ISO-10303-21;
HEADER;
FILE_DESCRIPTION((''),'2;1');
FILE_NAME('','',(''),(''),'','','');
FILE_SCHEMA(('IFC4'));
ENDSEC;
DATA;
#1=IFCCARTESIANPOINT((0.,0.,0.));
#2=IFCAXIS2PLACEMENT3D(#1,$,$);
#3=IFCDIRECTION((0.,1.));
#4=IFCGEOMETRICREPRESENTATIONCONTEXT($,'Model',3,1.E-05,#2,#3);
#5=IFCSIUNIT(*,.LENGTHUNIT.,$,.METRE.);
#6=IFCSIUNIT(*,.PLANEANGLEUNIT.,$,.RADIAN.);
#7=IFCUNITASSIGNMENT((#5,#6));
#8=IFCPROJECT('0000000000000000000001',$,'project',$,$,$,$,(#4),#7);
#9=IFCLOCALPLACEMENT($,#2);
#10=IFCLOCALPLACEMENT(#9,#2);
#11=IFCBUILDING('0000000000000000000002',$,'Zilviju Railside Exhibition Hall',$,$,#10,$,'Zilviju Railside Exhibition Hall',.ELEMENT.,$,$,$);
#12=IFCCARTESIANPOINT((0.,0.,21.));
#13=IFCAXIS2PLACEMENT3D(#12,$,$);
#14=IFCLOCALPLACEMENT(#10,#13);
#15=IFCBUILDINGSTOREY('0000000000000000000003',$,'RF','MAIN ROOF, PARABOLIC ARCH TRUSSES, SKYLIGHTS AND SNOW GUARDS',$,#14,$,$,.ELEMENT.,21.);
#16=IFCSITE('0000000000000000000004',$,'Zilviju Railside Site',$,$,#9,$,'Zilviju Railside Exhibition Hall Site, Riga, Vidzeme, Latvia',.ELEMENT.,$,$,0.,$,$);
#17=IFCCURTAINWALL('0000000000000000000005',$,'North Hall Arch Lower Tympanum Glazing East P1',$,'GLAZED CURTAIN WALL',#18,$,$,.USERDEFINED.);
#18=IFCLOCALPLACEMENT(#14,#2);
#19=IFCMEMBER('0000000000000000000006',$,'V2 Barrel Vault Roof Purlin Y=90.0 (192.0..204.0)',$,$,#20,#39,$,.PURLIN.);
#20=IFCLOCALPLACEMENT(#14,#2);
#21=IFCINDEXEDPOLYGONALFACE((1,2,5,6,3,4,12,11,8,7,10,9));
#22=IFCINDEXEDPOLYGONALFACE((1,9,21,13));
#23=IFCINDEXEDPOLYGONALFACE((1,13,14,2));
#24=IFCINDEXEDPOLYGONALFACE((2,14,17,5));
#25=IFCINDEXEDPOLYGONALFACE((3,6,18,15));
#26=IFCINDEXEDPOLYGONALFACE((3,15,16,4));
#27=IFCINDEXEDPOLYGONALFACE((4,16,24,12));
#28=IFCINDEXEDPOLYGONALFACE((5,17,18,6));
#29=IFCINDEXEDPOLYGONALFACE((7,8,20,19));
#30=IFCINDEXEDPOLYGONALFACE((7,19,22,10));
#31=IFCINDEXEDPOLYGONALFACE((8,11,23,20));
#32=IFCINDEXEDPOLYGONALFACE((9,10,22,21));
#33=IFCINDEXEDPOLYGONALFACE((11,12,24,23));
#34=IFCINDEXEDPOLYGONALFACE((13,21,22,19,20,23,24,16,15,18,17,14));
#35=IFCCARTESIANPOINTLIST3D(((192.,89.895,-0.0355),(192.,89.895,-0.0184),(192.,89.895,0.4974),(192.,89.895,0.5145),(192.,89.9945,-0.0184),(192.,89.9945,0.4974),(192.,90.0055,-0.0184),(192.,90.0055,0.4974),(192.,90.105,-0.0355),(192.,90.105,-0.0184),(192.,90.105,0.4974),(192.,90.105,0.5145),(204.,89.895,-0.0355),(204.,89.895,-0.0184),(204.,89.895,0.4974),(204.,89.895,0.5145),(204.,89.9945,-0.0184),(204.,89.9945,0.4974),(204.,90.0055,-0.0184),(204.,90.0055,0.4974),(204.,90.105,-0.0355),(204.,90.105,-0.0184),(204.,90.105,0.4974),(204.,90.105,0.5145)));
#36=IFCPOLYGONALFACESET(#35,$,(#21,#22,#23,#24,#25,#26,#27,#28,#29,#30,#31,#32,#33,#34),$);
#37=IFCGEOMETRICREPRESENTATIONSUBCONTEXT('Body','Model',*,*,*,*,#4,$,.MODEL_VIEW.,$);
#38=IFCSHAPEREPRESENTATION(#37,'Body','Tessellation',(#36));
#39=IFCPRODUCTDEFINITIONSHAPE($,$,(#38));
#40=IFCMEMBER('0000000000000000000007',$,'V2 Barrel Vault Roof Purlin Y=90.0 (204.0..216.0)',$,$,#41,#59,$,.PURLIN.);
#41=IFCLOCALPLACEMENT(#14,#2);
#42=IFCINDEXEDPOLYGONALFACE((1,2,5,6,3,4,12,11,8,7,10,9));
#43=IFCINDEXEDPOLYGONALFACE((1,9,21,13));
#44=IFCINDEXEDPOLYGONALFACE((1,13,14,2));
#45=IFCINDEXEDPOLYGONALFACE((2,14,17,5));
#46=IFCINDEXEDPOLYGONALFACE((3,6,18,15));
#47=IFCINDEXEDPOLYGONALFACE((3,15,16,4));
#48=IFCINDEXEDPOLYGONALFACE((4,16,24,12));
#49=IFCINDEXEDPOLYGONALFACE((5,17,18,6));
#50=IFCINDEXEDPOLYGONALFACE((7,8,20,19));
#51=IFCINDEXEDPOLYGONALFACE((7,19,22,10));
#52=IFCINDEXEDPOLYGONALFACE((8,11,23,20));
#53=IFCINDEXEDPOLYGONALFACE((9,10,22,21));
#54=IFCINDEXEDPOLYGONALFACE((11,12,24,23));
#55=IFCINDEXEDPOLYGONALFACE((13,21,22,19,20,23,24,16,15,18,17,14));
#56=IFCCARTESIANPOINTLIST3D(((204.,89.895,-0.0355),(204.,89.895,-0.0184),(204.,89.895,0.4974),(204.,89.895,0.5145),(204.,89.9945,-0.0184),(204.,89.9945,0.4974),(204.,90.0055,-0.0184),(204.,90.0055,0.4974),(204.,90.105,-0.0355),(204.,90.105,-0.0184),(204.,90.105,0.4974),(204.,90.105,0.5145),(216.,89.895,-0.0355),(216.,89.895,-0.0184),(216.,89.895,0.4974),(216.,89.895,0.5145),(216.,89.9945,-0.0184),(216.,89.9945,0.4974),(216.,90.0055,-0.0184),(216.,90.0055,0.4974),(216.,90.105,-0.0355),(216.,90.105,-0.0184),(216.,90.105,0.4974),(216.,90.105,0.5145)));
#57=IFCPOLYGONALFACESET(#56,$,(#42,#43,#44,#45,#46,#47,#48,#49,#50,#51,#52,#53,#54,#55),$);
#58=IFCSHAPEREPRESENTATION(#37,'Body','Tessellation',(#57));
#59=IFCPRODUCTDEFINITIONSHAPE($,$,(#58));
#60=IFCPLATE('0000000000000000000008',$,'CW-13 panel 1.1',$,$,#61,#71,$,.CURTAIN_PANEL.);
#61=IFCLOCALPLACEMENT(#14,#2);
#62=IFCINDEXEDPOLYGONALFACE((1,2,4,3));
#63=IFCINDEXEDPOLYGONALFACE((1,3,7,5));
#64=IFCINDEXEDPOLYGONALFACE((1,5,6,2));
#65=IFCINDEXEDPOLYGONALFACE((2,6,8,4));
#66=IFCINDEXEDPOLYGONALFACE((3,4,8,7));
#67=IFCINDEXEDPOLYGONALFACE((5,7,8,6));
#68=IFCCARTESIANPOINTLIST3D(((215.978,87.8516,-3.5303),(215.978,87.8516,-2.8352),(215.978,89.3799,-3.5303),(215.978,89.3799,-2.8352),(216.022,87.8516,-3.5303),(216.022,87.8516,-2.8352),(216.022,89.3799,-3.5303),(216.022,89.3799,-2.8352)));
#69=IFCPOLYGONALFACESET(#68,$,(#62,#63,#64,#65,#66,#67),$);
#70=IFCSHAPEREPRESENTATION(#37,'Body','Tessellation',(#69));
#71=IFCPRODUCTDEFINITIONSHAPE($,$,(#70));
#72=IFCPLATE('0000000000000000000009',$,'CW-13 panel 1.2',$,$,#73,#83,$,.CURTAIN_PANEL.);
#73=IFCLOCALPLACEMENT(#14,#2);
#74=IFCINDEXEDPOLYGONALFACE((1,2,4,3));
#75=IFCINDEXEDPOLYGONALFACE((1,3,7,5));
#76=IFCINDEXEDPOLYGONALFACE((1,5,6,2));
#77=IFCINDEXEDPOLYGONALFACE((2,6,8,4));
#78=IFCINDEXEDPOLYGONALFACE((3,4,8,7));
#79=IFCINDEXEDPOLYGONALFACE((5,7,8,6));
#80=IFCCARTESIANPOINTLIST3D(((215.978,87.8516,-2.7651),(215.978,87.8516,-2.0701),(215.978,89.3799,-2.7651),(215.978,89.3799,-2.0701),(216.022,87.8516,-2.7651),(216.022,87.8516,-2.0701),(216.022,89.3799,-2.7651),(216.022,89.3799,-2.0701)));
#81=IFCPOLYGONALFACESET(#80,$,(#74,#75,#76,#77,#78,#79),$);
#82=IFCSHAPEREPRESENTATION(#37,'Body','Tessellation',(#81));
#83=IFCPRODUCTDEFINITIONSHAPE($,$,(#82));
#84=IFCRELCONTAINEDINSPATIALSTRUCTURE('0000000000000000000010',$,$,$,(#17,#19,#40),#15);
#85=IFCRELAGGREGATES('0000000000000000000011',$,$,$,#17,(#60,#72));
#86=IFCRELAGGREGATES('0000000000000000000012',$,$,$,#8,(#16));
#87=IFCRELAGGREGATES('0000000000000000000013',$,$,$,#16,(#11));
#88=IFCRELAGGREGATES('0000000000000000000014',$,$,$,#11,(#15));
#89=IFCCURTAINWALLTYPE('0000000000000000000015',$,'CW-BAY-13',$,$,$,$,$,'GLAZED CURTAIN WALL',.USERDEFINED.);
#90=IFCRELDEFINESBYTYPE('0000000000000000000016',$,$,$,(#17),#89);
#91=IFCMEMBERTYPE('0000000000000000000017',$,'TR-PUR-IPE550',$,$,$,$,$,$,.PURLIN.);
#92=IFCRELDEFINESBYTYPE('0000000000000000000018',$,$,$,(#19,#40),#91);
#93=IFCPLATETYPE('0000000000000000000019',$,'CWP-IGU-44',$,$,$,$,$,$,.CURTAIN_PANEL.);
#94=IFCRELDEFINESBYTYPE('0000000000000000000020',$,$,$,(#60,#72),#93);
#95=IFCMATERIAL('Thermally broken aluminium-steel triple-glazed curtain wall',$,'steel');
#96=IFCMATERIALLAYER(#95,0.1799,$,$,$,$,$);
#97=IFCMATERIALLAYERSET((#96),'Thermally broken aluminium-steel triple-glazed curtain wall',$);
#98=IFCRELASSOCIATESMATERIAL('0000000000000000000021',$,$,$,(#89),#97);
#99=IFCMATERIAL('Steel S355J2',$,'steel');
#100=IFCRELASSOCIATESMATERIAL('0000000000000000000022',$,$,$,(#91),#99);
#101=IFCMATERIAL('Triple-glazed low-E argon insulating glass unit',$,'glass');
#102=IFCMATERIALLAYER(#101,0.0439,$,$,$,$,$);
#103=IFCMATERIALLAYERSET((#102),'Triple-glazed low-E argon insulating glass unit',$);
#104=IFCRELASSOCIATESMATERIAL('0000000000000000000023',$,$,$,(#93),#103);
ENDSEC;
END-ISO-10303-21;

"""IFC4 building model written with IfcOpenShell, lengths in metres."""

from ifc_helpers import new_model, si_unit, direction, frame, origin, origin_2d, place, context, subcontext, project, spatial, rectangle, i_section, extrude, material, layer, layer_set, material_profile, profile_set, type_object, element, aggregate, save


model = new_model("IFC4")

# Units and contexts
model_context = context("Model", 3, precision=1e-05, world=origin(), true_north=direction((0.0, 1.0)))
body_context = subcontext(model_context, "Body", "Model", "MODEL_VIEW")
ifc_project = project(units=[si_unit("LENGTHUNIT", "METRE"), si_unit("PLANEANGLEUNIT", "RADIAN")], contexts=[model_context])

# Site, building, storey
site_placement = place(None, origin())
site = spatial("IfcSite", under=ifc_project, at=site_placement, Name="Zilviju Railside Site", LongName="Zilviju Railside Exhibition Hall Site, Riga, Vidzeme, Latvia", CompositionType="ELEMENT", RefElevation=0.0)
building_placement = place(site_placement, origin())
building = spatial("IfcBuilding", under=site, at=building_placement, Name="Zilviju Railside Exhibition Hall", LongName="Zilviju Railside Exhibition Hall", CompositionType="ELEMENT")
storey_placement = place(building_placement, frame((0.0, 0.0, 21.0)))
storey = spatial("IfcBuildingStorey", under=building, at=storey_placement, Name="RF", Description="MAIN ROOF, PARABOLIC ARCH TRUSSES, SKYLIGHTS AND SNOW GUARDS", CompositionType="ELEMENT", Elevation=21.0)

# Curtain wall
ifc_material_1 = material(Name="Thermally broken aluminium-steel triple-glazed curtain wall", Category="steel")
ifc_layer_1 = layer(ifc_material_1, 0.1799)
ifc_layer_set_1 = layer_set([ifc_layer_1], Name="Thermally broken aluminium-steel triple-glazed curtain wall")
curtain_wall_type = type_object("IfcCurtainWallType", Name="CW-BAY-13", ElementType="GLAZED CURTAIN WALL", PredefinedType="USERDEFINED", material=ifc_layer_set_1)
curtain_wall_placement = place(storey_placement, origin())
curtain_wall = element("IfcCurtainWall", 1, at=curtain_wall_placement, inside=storey, type_object=curtain_wall_type, Name="North Hall Arch Lower Tympanum Glazing East P1", ObjectType="GLAZED CURTAIN WALL", PredefinedType="USERDEFINED")

# Members
ifc_material_2 = material(Name="Steel S355J2", Category="steel")
ifc_material_profile_1 = material_profile(ifc_material_2, i_section(OverallWidth=0.21, OverallDepth=0.55, WebThickness=0.011, FlangeThickness=0.0171, at=origin_2d()), Name="IPE 550")
ifc_profile_set_1 = profile_set([ifc_material_profile_1], Name="Steel S355J2")
member_type_1 = type_object("IfcMemberType", Name="TR-PUR-IPE550", PredefinedType="PURLIN", material=ifc_profile_set_1)
for number, where, z_axis, x_axis, name in (
    (2, (192.0, 90.0, 0.2395), (1.0, 0.0, 0.0), (0.0, 1.0, 0.0), "V2 Barrel Vault Roof Purlin Y=90.0 (192.0..204.0)"),
    (3, (204.0, 90.0, 0.2395), (1.0, 0.0, 0.0), (0.0, 1.0, 0.0), "V2 Barrel Vault Roof Purlin Y=90.0 (204.0..216.0)"),
):
    element("IfcMember", number, at=place(storey_placement, frame(where, z_axis=z_axis, x_axis=x_axis)), inside=storey, type_object=member_type_1, Name=name, PredefinedType="PURLIN", context=body_context, shape_type="SweptSolid", body=[
        extrude(i_section(OverallWidth=0.21, OverallDepth=0.55, WebThickness=0.011, FlangeThickness=0.0171, at=origin_2d()), origin(), (0.0, 0.0, 1.0), 12.0),
    ])

# Plates
ifc_material_3 = material(Name="Triple-glazed low-E argon insulating glass unit", Category="glass")
ifc_layer_2 = layer(ifc_material_3, 0.0439)
ifc_layer_set_2 = layer_set([ifc_layer_2], Name="Triple-glazed low-E argon insulating glass unit")
plate_type = type_object("IfcPlateType", Name="CWP-IGU-44", PredefinedType="CURTAIN_PANEL", material=ifc_layer_set_2)
plate_1_placement = place(storey_placement, frame((216.0, 88.6157, -3.5303), z_axis=(0.0, 0.0, 1.0), x_axis=(0.0, -1.0, 0.0)))
plate_1 = element("IfcPlate", 4, at=plate_1_placement, type_object=plate_type, Name="CW-13 panel 1.1", PredefinedType="CURTAIN_PANEL", context=body_context, shape_type="SweptSolid", body=[
    extrude(rectangle(XDim=1.5283, YDim=0.0439, at=origin_2d()), origin(), (0.0, 0.0, 1.0), 0.6951),
])
plate_2_placement = place(storey_placement, frame((216.0, 88.6157, -2.7651), z_axis=(0.0, 0.0, 1.0), x_axis=(0.0, -1.0, 0.0)))
plate_2 = element("IfcPlate", 5, at=plate_2_placement, type_object=plate_type, Name="CW-13 panel 1.2", PredefinedType="CURTAIN_PANEL", context=body_context, shape_type="SweptSolid", body=[
    extrude(rectangle(XDim=1.5283, YDim=0.0439, at=origin_2d()), origin(), (0.0, 0.0, 1.0), 0.6951),
])
aggregate(curtain_wall, [plate_1, plate_2])

save(model, "model.ifc")
